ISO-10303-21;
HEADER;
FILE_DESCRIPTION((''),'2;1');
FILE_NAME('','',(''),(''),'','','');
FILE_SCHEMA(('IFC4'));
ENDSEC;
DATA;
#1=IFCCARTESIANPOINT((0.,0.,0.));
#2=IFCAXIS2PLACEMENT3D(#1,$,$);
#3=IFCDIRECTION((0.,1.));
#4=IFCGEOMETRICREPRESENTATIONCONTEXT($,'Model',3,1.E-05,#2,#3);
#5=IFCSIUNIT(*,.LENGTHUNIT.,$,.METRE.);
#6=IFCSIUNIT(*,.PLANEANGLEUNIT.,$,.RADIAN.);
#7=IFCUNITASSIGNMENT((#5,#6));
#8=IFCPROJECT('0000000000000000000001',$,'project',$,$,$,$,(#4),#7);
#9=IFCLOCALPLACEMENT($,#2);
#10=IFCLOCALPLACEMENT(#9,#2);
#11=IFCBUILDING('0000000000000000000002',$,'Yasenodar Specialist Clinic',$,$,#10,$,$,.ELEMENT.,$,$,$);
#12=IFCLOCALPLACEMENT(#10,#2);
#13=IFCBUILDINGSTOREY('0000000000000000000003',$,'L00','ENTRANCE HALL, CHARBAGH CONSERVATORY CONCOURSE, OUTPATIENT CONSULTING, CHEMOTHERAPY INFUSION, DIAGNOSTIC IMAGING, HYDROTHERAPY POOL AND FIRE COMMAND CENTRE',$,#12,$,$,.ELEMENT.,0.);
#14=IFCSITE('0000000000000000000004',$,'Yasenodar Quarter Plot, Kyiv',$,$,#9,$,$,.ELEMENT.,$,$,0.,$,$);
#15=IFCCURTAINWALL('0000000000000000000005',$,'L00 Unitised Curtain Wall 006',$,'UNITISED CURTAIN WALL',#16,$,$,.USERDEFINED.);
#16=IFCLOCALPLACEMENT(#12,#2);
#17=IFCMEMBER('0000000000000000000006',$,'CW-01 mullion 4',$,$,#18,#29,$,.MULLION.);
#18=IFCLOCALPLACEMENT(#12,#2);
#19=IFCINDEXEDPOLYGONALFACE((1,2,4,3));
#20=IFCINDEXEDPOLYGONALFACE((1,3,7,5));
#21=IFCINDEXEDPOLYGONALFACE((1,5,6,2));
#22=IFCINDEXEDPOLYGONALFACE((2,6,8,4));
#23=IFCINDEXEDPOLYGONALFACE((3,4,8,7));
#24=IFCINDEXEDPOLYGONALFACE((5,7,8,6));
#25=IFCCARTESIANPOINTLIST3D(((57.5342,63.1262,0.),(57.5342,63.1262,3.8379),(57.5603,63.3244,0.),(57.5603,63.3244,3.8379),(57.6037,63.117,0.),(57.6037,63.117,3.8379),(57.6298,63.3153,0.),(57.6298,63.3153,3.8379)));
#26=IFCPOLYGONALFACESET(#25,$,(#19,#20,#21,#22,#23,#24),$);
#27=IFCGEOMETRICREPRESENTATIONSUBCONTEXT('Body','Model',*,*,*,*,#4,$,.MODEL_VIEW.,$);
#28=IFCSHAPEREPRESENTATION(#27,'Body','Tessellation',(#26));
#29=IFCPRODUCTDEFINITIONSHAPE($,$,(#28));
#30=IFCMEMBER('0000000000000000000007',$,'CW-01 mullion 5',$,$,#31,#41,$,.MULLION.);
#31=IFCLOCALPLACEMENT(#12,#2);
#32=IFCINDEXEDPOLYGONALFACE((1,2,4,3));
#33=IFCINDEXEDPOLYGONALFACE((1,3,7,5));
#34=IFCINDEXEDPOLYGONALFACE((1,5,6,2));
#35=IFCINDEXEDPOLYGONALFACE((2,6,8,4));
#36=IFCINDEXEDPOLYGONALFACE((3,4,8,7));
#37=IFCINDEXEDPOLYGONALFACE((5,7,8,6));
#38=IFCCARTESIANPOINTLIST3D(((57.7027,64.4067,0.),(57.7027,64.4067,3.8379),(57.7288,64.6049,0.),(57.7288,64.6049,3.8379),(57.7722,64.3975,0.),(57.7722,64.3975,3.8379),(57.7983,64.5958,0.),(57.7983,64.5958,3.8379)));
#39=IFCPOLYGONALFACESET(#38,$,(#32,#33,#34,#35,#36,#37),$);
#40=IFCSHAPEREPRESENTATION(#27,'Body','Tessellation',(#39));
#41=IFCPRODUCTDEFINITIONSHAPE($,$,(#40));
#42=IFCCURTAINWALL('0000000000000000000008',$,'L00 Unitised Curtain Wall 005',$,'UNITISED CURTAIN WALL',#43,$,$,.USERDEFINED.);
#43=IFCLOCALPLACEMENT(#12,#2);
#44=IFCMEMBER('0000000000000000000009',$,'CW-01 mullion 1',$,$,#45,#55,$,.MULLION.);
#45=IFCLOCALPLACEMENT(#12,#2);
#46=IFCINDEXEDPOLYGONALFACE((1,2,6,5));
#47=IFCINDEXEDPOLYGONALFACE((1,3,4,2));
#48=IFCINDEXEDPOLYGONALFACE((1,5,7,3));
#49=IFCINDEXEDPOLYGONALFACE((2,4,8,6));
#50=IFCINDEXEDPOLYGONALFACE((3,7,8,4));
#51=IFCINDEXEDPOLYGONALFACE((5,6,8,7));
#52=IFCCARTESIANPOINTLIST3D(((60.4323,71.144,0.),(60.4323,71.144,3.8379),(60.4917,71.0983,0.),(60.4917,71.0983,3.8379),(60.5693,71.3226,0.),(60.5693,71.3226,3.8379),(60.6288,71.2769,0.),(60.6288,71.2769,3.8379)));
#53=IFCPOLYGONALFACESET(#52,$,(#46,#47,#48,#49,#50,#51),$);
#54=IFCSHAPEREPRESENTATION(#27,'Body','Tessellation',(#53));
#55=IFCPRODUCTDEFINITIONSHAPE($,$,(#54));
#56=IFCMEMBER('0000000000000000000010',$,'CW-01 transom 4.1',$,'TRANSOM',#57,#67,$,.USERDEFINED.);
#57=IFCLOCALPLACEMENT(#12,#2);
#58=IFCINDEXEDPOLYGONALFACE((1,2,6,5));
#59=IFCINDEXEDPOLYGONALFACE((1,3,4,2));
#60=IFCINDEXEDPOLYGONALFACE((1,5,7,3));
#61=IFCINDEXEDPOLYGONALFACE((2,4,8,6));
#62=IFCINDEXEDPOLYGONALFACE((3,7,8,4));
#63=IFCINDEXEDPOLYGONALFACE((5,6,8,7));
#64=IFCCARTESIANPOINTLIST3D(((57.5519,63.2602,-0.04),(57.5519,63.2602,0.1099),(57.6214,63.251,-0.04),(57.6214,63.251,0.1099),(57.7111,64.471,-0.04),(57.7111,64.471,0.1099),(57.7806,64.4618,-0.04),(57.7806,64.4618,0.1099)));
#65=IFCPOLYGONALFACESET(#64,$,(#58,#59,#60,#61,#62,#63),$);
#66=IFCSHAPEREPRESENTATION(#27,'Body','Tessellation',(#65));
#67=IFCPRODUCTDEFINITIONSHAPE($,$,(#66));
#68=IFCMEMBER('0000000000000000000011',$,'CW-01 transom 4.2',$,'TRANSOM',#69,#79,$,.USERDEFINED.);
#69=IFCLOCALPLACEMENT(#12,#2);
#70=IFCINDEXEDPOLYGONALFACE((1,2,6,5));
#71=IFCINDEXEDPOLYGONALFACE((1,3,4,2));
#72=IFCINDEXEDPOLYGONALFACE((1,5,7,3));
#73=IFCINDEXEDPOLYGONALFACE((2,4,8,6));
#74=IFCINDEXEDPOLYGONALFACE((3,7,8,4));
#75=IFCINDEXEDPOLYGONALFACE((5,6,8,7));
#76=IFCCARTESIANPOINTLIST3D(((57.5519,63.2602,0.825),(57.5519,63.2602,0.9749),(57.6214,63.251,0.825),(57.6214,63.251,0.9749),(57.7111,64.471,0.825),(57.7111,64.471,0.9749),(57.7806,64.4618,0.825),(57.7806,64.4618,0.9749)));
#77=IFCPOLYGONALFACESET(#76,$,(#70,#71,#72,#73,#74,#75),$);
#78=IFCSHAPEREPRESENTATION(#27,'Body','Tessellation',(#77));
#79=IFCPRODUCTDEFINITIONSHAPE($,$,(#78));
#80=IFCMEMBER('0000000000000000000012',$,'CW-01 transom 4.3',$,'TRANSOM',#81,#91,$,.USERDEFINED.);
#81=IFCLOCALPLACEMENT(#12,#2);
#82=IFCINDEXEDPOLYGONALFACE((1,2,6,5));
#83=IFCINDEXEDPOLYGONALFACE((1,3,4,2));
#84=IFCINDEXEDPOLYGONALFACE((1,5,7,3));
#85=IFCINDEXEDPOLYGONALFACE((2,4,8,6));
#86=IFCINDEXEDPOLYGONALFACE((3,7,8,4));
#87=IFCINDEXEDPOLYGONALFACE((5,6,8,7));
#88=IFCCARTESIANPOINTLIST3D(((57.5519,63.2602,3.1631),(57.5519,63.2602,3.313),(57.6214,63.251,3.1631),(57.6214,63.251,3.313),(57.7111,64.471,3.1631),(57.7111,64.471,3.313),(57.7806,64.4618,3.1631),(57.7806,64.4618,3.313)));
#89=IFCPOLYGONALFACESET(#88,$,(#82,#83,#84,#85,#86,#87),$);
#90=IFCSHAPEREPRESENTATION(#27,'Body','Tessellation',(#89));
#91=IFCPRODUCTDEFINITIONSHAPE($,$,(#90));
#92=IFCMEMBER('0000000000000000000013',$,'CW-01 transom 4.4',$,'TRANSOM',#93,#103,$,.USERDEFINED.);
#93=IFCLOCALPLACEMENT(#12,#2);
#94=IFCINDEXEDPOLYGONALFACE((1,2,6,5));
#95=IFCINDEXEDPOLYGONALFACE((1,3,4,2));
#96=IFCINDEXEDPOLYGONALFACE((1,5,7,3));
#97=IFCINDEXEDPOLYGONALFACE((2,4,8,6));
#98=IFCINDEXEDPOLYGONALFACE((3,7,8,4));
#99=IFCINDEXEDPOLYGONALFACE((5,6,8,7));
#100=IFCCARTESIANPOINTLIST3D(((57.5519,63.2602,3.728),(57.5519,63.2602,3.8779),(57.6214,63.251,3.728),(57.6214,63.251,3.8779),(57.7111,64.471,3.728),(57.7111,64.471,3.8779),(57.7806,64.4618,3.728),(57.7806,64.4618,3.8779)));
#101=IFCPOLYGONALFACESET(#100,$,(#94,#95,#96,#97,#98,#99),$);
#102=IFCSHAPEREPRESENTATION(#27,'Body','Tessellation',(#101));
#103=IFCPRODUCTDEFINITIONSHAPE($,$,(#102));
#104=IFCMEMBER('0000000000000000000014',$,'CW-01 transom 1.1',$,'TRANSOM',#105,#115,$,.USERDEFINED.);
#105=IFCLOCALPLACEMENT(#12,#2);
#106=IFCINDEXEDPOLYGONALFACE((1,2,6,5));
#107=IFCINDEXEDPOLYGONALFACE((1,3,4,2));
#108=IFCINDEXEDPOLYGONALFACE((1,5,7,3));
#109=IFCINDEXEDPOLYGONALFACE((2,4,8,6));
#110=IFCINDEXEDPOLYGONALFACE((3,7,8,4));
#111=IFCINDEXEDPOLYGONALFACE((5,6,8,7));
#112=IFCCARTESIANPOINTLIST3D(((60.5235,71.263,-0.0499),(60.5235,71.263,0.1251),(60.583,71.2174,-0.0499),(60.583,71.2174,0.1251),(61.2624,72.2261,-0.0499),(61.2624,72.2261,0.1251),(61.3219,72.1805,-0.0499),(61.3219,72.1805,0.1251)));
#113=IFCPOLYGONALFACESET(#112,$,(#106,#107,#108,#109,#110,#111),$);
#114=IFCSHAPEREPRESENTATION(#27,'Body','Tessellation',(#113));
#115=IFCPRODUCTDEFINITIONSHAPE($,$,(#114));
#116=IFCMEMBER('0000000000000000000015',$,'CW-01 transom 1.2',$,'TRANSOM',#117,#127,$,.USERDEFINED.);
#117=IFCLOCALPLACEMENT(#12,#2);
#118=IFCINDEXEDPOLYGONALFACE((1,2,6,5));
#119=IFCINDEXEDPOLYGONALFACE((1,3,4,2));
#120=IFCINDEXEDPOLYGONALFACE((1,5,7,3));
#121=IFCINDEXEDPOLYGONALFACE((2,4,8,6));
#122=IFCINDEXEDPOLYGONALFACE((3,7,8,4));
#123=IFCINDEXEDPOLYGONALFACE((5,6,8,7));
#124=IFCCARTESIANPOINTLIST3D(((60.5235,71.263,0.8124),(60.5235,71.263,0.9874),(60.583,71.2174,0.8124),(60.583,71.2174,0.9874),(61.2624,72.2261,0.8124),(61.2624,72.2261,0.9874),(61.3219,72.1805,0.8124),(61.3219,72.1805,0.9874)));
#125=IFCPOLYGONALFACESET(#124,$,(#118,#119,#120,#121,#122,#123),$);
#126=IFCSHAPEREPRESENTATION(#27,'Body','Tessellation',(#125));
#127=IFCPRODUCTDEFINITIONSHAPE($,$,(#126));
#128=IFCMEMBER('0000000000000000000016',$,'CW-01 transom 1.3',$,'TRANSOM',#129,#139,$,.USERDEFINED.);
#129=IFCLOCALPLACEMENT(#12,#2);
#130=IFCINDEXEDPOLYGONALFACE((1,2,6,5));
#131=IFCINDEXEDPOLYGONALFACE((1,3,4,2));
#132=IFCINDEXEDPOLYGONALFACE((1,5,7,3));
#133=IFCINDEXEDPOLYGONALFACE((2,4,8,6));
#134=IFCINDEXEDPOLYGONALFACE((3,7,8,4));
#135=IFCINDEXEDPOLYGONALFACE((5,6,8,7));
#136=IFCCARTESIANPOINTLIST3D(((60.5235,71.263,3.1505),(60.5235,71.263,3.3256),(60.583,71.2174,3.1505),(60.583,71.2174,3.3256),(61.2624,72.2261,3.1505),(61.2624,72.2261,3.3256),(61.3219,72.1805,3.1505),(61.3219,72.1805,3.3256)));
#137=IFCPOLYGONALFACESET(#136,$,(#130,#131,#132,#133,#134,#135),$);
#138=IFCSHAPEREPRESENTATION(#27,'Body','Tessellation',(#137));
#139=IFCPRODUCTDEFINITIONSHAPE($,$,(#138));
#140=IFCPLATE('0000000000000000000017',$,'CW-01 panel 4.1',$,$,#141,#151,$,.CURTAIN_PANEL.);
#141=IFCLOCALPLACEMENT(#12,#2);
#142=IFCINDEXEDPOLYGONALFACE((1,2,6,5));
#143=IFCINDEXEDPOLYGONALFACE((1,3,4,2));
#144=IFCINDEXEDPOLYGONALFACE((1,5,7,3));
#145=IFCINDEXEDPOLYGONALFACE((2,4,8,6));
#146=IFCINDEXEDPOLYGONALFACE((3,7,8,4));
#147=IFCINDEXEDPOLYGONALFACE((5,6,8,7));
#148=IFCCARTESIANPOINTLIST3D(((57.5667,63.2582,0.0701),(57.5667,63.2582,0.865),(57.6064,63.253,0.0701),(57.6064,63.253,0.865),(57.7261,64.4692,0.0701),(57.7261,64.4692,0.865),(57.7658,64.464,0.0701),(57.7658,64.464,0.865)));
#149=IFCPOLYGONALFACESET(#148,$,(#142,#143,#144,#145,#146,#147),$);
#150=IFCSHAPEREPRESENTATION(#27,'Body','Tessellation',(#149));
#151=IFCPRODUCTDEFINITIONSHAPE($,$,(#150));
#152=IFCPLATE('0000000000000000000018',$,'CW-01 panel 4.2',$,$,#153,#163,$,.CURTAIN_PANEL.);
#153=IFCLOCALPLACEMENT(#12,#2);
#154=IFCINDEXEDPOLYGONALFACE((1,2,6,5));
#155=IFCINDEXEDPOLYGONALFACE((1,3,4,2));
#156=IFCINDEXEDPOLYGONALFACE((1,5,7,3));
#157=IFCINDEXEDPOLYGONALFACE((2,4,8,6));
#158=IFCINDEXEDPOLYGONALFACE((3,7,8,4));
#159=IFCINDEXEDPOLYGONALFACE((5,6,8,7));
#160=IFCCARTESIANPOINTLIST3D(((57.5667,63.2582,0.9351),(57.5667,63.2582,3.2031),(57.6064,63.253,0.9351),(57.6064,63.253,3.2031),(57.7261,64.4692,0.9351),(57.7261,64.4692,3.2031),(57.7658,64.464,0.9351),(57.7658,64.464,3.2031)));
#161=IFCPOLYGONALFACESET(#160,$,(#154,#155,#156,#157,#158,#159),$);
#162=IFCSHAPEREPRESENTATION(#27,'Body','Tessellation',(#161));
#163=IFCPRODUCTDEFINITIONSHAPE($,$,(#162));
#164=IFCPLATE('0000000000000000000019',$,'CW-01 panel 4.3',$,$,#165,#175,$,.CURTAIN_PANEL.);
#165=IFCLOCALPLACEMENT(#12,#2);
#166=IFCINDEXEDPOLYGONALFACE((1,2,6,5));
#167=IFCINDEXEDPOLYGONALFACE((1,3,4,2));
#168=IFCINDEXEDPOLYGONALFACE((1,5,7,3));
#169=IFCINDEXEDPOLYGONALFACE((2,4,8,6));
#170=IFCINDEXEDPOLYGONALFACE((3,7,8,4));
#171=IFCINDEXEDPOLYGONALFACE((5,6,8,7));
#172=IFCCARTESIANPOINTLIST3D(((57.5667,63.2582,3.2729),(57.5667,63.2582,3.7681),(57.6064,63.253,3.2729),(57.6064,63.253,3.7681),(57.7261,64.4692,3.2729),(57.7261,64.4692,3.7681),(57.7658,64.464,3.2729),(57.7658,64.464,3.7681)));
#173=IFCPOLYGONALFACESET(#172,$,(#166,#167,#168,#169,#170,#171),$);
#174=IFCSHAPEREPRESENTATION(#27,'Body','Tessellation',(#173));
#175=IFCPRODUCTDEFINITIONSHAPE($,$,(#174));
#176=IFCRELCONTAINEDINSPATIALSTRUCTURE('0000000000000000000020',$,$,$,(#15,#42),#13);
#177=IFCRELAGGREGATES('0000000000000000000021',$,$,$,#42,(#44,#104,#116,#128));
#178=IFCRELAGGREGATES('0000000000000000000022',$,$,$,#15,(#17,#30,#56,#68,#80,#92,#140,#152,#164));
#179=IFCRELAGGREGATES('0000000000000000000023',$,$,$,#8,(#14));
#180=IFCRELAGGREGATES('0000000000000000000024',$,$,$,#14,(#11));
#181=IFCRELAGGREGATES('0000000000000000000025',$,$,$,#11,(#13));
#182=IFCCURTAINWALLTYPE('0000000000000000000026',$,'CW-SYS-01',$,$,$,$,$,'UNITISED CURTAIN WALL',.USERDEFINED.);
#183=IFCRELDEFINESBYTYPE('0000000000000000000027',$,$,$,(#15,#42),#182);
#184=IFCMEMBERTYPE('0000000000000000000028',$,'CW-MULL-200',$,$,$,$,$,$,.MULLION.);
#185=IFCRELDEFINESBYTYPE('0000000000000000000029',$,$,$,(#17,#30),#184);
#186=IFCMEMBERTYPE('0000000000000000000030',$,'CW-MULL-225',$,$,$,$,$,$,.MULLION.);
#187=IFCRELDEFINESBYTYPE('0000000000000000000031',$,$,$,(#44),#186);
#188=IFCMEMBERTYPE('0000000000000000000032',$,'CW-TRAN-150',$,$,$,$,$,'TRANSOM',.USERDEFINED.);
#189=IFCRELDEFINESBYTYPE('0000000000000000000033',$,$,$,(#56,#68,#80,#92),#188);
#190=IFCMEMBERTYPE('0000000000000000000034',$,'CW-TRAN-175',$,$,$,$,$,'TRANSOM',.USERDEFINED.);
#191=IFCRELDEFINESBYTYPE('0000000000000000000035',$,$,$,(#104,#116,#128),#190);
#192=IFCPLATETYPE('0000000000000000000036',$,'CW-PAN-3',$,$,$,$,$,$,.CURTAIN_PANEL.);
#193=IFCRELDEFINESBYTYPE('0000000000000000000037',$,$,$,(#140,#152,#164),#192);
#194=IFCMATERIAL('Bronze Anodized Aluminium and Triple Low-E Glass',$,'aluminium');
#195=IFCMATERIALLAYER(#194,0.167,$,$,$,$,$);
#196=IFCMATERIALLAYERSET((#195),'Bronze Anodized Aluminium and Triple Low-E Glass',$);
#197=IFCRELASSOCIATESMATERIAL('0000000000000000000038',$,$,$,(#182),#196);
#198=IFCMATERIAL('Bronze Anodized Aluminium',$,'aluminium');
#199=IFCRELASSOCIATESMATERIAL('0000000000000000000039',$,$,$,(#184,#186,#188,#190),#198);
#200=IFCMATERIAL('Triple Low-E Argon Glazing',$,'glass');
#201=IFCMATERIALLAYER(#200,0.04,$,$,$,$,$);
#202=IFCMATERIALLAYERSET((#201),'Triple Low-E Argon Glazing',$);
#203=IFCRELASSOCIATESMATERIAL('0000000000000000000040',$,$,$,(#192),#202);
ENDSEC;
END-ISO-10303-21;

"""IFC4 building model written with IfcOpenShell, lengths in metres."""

from ifc_helpers import new_model, si_unit, direction, frame, origin, origin_2d, place, context, subcontext, project, spatial, rectangle, extrude, material, layer, layer_set, material_profile, profile_set, type_object, element, aggregate, save


model = new_model("IFC4")

# Units and contexts
model_context = context("Model", 3, precision=1e-05, world=origin(), true_north=direction((0.0, 1.0)))
body_context = subcontext(model_context, "Body", "Model", "MODEL_VIEW")
ifc_project = project(units=[si_unit("LENGTHUNIT", "METRE"), si_unit("PLANEANGLEUNIT", "RADIAN")], contexts=[model_context])

# Site, building, storey
site_placement = place(None, origin())
site = spatial("IfcSite", under=ifc_project, at=site_placement, Name="Yasenodar Quarter Plot, Kyiv", CompositionType="ELEMENT", RefElevation=0.0)
building_placement = place(site_placement, origin())
building = spatial("IfcBuilding", under=site, at=building_placement, Name="Yasenodar Specialist Clinic", CompositionType="ELEMENT")
storey_placement = place(building_placement, origin())
storey = spatial("IfcBuildingStorey", under=building, at=storey_placement, Name="L00", Description="ENTRANCE HALL, CHARBAGH CONSERVATORY CONCOURSE, OUTPATIENT CONSULTING, CHEMOTHERAPY INFUSION, DIAGNOSTIC IMAGING, HYDROTHERAPY POOL AND FIRE COMMAND CENTRE", CompositionType="ELEMENT", Elevation=0.0)

# Curtain wall, members
ifc_material_1 = material(Name="Bronze Anodized Aluminium and Triple Low-E Glass", Category="aluminium")
ifc_layer_1 = layer(ifc_material_1, 0.167)
ifc_layer_set_1 = layer_set([ifc_layer_1], Name="Bronze Anodized Aluminium and Triple Low-E Glass")
curtain_wall_type = type_object("IfcCurtainWallType", Name="CW-SYS-01", ElementType="UNITISED CURTAIN WALL", PredefinedType="USERDEFINED", material=ifc_layer_set_1)
curtain_wall_1_placement = place(storey_placement, origin())
curtain_wall_1 = element("IfcCurtainWall", 1, at=curtain_wall_1_placement, inside=storey, type_object=curtain_wall_type, Name="L00 Unitised Curtain Wall 006", ObjectType="UNITISED CURTAIN WALL", PredefinedType="USERDEFINED")
ifc_material_2 = material(Name="Bronze Anodized Aluminium", Category="aluminium")
ifc_material_profile_1 = material_profile(ifc_material_2, rectangle(XDim=0.0701, YDim=0.2, at=origin_2d()), Name="CW-MULL 70x200")
ifc_profile_set_1 = profile_set([ifc_material_profile_1], Name="Bronze Anodized Aluminium")
member_type_1 = type_object("IfcMemberType", Name="CW-MULL-200", PredefinedType="MULLION", material=ifc_profile_set_1)
member_1_placement = place(storey_placement, frame((57.582, 63.2207, 0.0), z_axis=(0.0, 0.0, 1.0), x_axis=(-0.991447, 0.130512, 0.0)))
member_1 = element("IfcMember", 2, at=member_1_placement, type_object=member_type_1, Name="CW-01 mullion 4", PredefinedType="MULLION", context=body_context, shape_type="SweptSolid", body=[
    extrude(rectangle(XDim=0.0701, YDim=0.2, at=origin_2d()), origin(), (0.0, 0.0, 1.0), 3.8379),
])
member_2_placement = place(storey_placement, frame((57.7505, 64.5012, 0.0), z_axis=(0.0, 0.0, 1.0), x_axis=(-0.991447, 0.130512, 0.0)))
member_2 = element("IfcMember", 3, at=member_2_placement, type_object=member_type_1, Name="CW-01 mullion 5", PredefinedType="MULLION", context=body_context, shape_type="SweptSolid", body=[
    extrude(rectangle(XDim=0.0701, YDim=0.2, at=origin_2d()), origin(), (0.0, 0.0, 1.0), 3.8379),
])

# Curtain wall, member
curtain_wall_2_placement = place(storey_placement, origin())
curtain_wall_2 = element("IfcCurtainWall", 4, at=curtain_wall_2_placement, inside=storey, type_object=curtain_wall_type, Name="L00 Unitised Curtain Wall 005", ObjectType="UNITISED CURTAIN WALL", PredefinedType="USERDEFINED")
ifc_material_profile_2 = material_profile(ifc_material_2, rectangle(XDim=0.075, YDim=0.2251, at=origin_2d()), Name="CW-MULL 75x225")
ifc_profile_set_2 = profile_set([ifc_material_profile_2], Name="Bronze Anodized Aluminium")
member_type_2 = type_object("IfcMemberType", Name="CW-MULL-225", PredefinedType="MULLION", material=ifc_profile_set_2)
member_3_placement = place(storey_placement, frame((60.5305, 71.2104, 0.0), z_axis=(0.0, 0.0, 1.0), x_axis=(-0.793361, 0.608752, 0.0)))
member_3 = element("IfcMember", 5, at=member_3_placement, type_object=member_type_2, Name="CW-01 mullion 1", PredefinedType="MULLION", context=body_context, shape_type="SweptSolid", body=[
    extrude(rectangle(XDim=0.075, YDim=0.2251, at=origin_2d()), origin(), (0.0, 0.0, 1.0), 3.8379),
])

# Members
ifc_material_profile_3 = material_profile(ifc_material_2, rectangle(XDim=0.0701, YDim=0.1499, at=origin_2d()), Name="CW-TRAN 70x150")
ifc_profile_set_3 = profile_set([ifc_material_profile_3], Name="Bronze Anodized Aluminium")
member_type_3 = type_object("IfcMemberType", Name="CW-TRAN-150", ElementType="TRANSOM", PredefinedType="USERDEFINED", material=ifc_profile_set_3)
member_4_placement = place(storey_placement, frame((57.5867, 63.2556, 0.0349), z_axis=(0.130356, 0.991467, 0.0), x_axis=(-0.991467, 0.130356, 0.0)))
member_4 = element("IfcMember", 6, at=member_4_placement, type_object=member_type_3, Name="CW-01 transom 4.1", ObjectType="TRANSOM", PredefinedType="USERDEFINED", context=body_context, shape_type="SweptSolid", body=[
    extrude(rectangle(XDim=0.0701, YDim=0.1499, at=origin_2d()), origin(), (0.0, 0.0, 1.0), 1.2212),
])
member_5_placement = place(storey_placement, frame((57.5867, 63.2556, 0.8999), z_axis=(0.130356, 0.991467, 0.0), x_axis=(-0.991467, 0.130356, 0.0)))
member_5 = element("IfcMember", 7, at=member_5_placement, type_object=member_type_3, Name="CW-01 transom 4.2", ObjectType="TRANSOM", PredefinedType="USERDEFINED", context=body_context, shape_type="SweptSolid", body=[
    extrude(rectangle(XDim=0.0701, YDim=0.1499, at=origin_2d()), origin(), (0.0, 0.0, 1.0), 1.2212),
])
member_6_placement = place(storey_placement, frame((57.5867, 63.2556, 3.238), z_axis=(0.130356, 0.991467, 0.0), x_axis=(-0.991467, 0.130356, 0.0)))
member_6 = element("IfcMember", 8, at=member_6_placement, type_object=member_type_3, Name="CW-01 transom 4.3", ObjectType="TRANSOM", PredefinedType="USERDEFINED", context=body_context, shape_type="SweptSolid", body=[
    extrude(rectangle(XDim=0.0701, YDim=0.1499, at=origin_2d()), origin(), (0.0, 0.0, 1.0), 1.2212),
])
member_7_placement = place(storey_placement, frame((57.5867, 63.2556, 3.803), z_axis=(0.130356, 0.991467, 0.0), x_axis=(-0.991467, 0.130356, 0.0)))
member_7 = element("IfcMember", 9, at=member_7_placement, type_object=member_type_3, Name="CW-01 transom 4.4", ObjectType="TRANSOM", PredefinedType="USERDEFINED", context=body_context, shape_type="SweptSolid", body=[
    extrude(rectangle(XDim=0.0701, YDim=0.1499, at=origin_2d()), origin(), (0.0, 0.0, 1.0), 1.2212),
])
ifc_material_profile_4 = material_profile(ifc_material_2, rectangle(XDim=0.075, YDim=0.175, at=origin_2d()), Name="CW-TRAN 75x175")
ifc_profile_set_4 = profile_set([ifc_material_profile_4], Name="Bronze Anodized Aluminium")
member_type_4 = type_object("IfcMemberType", Name="CW-TRAN-175", ElementType="TRANSOM", PredefinedType="USERDEFINED", material=ifc_profile_set_4)
member_8_placement = place(storey_placement, frame((60.5532, 71.2402, 0.0376), z_axis=(0.608748, 0.793364, 0.0), x_axis=(-0.793364, 0.608748, 0.0)))
member_8 = element("IfcMember", 10, at=member_8_placement, type_object=member_type_4, Name="CW-01 transom 1.1", ObjectType="TRANSOM", PredefinedType="USERDEFINED", context=body_context, shape_type="SweptSolid", body=[
    extrude(rectangle(XDim=0.075, YDim=0.175, at=origin_2d()), origin(), (0.0, 0.0, 1.0), 1.2139),
])
member_9_placement = place(storey_placement, frame((60.5532, 71.2402, 0.8999), z_axis=(0.608748, 0.793364, 0.0), x_axis=(-0.793364, 0.608748, 0.0)))
member_9 = element("IfcMember", 11, at=member_9_placement, type_object=member_type_4, Name="CW-01 transom 1.2", ObjectType="TRANSOM", PredefinedType="USERDEFINED", context=body_context, shape_type="SweptSolid", body=[
    extrude(rectangle(XDim=0.075, YDim=0.175, at=origin_2d()), origin(), (0.0, 0.0, 1.0), 1.2139),
])
member_10_placement = place(storey_placement, frame((60.5532, 71.2402, 3.238), z_axis=(0.608748, 0.793364, 0.0), x_axis=(-0.793364, 0.608748, 0.0)))
member_10 = element("IfcMember", 12, at=member_10_placement, type_object=member_type_4, Name="CW-01 transom 1.3", ObjectType="TRANSOM", PredefinedType="USERDEFINED", context=body_context, shape_type="SweptSolid", body=[
    extrude(rectangle(XDim=0.075, YDim=0.175, at=origin_2d()), origin(), (0.0, 0.0, 1.0), 1.2139),
])
aggregate(curtain_wall_2, [member_3, member_8, member_9, member_10])

# Plates
ifc_material_3 = material(Name="Triple Low-E Argon Glazing", Category="glass")
ifc_layer_2 = layer(ifc_material_3, 0.04)
ifc_layer_set_2 = layer_set([ifc_layer_2], Name="Triple Low-E Argon Glazing")
plate_type = type_object("IfcPlateType", Name="CW-PAN-3", PredefinedType="CURTAIN_PANEL", material=ifc_layer_set_2)
plate_1_placement = place(storey_placement, frame((57.6663, 63.8611, 0.0701), z_axis=(0.0, 0.0, 1.0), x_axis=(0.130512, 0.991447, 0.0)))
plate_1 = element("IfcPlate", 13, at=plate_1_placement, type_object=plate_type, Name="CW-01 panel 4.1", PredefinedType="CURTAIN_PANEL", context=body_context, shape_type="SweptSolid", body=[
    extrude(rectangle(XDim=1.2214, YDim=0.04, at=origin_2d()), origin(), (0.0, 0.0, 1.0), 0.7949),
])
plate_2_placement = place(storey_placement, frame((57.6663, 63.8611, 0.9351), z_axis=(0.0, 0.0, 1.0), x_axis=(0.130512, 0.991447, 0.0)))
plate_2 = element("IfcPlate", 14, at=plate_2_placement, type_object=plate_type, Name="CW-01 panel 4.2", PredefinedType="CURTAIN_PANEL", context=body_context, shape_type="SweptSolid", body=[
    extrude(rectangle(XDim=1.2214, YDim=0.04, at=origin_2d()), origin(), (0.0, 0.0, 1.0), 2.2681),
])
plate_3_placement = place(storey_placement, frame((57.6663, 63.8611, 3.2729), z_axis=(0.0, 0.0, 1.0), x_axis=(0.130512, 0.991447, 0.0)))
plate_3 = element("IfcPlate", 15, at=plate_3_placement, type_object=plate_type, Name="CW-01 panel 4.3", PredefinedType="CURTAIN_PANEL", context=body_context, shape_type="SweptSolid", body=[
    extrude(rectangle(XDim=1.2214, YDim=0.04, at=origin_2d()), origin(), (0.0, 0.0, 1.0), 0.4951),
])
aggregate(curtain_wall_1, [member_1, member_2, member_4, member_5, member_6, member_7, plate_1, plate_2, plate_3])

save(model, "model.ifc")
